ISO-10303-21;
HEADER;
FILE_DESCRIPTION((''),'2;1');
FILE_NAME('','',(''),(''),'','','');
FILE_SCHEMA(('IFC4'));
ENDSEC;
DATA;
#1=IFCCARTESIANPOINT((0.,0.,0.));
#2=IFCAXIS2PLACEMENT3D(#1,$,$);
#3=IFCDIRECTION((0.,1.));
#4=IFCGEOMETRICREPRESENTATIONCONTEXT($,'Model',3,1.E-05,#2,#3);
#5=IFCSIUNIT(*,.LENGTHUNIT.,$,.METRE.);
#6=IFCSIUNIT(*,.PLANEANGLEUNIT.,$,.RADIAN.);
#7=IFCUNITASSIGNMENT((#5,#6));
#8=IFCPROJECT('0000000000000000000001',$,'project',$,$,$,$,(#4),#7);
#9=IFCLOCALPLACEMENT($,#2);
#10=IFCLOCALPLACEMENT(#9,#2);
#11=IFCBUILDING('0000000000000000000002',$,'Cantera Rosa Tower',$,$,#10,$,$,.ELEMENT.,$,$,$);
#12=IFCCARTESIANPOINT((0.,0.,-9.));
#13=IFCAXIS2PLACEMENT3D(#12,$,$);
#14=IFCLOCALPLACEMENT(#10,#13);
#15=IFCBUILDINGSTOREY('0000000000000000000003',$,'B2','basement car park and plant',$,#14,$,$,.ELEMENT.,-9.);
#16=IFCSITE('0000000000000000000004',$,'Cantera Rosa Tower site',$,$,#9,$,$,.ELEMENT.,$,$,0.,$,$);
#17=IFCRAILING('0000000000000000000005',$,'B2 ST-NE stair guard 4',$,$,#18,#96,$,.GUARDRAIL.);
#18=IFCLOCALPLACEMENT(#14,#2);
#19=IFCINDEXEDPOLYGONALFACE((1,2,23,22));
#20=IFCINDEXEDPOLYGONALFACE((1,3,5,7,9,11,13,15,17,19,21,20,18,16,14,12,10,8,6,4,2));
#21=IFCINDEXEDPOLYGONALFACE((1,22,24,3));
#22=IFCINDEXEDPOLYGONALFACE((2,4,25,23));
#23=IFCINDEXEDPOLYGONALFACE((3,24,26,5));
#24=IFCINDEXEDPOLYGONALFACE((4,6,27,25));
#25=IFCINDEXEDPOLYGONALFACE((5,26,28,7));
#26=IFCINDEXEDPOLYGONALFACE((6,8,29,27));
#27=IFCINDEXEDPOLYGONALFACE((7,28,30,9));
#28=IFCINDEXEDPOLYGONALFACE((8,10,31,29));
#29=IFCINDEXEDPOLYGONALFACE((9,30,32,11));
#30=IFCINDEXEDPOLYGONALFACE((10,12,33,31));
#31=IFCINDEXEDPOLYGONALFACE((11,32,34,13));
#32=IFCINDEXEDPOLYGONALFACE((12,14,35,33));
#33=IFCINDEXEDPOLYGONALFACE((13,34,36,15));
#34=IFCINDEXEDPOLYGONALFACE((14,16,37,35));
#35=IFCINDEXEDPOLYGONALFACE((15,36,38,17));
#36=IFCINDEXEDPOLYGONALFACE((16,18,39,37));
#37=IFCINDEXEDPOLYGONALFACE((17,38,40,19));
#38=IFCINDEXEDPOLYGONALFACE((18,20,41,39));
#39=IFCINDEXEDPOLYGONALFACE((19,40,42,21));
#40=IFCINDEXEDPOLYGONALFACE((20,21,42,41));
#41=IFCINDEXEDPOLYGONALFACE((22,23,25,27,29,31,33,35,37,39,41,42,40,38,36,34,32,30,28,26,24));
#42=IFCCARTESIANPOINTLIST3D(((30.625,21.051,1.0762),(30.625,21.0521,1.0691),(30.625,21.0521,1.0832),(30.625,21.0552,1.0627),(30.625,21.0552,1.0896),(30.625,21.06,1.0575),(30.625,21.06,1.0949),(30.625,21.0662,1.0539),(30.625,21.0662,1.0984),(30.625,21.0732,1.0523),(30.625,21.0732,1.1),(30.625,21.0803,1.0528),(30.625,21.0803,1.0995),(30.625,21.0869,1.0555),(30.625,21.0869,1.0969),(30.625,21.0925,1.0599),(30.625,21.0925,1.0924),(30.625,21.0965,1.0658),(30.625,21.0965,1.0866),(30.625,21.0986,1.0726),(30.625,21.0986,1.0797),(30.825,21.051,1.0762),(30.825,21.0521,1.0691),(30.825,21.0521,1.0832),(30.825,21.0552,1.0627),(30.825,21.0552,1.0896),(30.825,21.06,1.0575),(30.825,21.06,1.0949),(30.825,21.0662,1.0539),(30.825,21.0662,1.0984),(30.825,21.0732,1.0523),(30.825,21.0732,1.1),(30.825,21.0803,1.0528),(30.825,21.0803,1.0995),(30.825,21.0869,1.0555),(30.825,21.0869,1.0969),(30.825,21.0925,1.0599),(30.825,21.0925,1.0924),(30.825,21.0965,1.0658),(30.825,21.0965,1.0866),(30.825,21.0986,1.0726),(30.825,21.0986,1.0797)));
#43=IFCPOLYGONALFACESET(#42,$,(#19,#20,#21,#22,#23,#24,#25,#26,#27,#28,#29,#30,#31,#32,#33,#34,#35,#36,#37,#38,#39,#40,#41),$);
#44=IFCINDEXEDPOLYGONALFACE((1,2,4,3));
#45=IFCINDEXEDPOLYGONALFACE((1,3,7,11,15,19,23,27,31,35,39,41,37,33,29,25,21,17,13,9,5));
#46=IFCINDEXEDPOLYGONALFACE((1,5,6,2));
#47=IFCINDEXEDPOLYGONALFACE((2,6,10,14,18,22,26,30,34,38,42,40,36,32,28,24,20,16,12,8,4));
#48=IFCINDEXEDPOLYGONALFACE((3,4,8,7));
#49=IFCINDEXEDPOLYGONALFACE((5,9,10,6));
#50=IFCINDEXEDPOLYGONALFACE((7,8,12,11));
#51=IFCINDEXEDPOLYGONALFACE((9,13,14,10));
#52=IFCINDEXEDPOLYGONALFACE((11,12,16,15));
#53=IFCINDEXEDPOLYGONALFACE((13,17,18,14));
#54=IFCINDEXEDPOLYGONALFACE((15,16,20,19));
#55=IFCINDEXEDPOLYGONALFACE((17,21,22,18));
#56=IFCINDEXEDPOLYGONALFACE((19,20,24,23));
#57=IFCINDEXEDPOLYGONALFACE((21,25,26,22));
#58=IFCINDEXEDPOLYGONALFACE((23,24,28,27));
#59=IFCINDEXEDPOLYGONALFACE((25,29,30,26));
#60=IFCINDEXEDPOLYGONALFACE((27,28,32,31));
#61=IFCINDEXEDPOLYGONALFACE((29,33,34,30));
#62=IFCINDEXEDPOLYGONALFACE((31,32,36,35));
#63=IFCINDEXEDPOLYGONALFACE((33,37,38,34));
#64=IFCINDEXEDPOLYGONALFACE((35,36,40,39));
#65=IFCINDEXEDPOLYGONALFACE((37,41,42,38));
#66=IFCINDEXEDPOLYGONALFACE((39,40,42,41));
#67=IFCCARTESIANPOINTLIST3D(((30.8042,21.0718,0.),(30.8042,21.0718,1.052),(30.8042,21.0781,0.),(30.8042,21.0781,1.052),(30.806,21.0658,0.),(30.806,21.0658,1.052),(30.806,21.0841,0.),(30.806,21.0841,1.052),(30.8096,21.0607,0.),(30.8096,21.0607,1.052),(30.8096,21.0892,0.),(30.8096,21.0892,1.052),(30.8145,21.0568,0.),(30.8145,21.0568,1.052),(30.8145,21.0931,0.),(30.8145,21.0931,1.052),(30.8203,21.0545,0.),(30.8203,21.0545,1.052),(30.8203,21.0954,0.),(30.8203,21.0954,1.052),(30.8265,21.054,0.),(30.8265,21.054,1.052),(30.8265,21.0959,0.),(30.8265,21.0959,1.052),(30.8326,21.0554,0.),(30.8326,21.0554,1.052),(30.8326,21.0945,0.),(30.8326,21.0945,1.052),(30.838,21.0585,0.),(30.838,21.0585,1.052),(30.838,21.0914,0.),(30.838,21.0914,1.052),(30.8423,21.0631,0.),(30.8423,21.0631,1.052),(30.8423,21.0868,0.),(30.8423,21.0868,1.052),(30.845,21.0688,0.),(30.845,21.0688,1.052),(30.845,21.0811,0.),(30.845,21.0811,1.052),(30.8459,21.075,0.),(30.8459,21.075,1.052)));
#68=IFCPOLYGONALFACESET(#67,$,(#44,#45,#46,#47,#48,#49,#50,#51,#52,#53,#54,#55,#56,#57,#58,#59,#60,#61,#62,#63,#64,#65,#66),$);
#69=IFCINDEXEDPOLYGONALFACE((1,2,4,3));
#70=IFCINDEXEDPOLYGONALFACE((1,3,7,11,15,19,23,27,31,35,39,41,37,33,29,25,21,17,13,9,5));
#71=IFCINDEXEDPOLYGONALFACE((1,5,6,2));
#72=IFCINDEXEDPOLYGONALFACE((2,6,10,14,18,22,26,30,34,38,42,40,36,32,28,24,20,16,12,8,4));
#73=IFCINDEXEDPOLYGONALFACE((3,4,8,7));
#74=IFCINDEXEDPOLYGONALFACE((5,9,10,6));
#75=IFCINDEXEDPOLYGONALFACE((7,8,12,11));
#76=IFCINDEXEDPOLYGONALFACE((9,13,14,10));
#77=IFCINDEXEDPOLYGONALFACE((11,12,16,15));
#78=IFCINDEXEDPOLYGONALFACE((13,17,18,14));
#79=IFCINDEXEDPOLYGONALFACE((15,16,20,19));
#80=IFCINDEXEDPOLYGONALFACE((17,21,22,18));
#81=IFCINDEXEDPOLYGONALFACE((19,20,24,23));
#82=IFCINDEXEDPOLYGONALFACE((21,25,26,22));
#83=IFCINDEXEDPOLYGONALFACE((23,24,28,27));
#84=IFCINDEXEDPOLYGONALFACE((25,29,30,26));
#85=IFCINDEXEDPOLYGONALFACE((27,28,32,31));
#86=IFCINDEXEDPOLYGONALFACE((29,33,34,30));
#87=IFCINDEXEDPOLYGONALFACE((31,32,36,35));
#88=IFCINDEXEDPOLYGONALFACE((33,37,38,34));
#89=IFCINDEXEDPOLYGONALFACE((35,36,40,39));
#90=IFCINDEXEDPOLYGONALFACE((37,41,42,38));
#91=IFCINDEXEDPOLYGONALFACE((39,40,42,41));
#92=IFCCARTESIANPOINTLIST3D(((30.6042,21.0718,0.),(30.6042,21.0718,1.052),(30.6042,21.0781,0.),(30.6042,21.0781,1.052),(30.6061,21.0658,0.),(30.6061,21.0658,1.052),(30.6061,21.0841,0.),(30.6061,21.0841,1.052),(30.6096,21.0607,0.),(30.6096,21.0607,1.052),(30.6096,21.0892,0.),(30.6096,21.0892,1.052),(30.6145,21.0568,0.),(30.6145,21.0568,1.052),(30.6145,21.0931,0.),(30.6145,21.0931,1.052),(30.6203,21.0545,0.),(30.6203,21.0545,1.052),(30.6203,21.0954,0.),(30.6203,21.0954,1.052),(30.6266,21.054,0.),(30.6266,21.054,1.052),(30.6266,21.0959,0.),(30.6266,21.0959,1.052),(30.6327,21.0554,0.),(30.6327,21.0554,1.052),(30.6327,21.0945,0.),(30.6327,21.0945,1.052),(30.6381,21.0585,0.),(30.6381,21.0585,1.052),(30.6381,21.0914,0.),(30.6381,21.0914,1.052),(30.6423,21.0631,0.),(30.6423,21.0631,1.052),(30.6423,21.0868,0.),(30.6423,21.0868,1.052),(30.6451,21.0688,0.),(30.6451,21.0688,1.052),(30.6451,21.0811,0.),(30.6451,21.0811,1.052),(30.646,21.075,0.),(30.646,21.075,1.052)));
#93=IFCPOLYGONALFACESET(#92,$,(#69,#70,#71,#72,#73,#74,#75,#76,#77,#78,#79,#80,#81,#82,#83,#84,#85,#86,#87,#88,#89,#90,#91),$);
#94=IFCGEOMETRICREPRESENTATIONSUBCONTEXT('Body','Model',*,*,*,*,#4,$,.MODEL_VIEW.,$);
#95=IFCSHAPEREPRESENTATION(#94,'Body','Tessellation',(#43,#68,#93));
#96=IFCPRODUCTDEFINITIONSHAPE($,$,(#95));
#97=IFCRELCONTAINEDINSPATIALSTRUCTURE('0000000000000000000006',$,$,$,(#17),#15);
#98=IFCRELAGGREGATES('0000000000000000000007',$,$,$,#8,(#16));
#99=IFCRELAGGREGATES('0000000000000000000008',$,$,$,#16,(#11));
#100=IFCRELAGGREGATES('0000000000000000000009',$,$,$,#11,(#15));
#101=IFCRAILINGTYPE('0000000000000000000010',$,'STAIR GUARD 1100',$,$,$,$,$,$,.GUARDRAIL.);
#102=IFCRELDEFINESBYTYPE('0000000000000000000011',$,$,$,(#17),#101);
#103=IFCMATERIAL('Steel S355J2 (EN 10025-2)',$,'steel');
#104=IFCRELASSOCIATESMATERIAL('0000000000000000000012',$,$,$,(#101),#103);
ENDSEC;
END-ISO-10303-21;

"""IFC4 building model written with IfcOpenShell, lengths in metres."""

from ifc_helpers import new_model, si_unit, direction, frame, origin, origin_2d, place, context, subcontext, project, spatial, circle, extrude, material, type_object, element, save


model = new_model("IFC4")

# Units and contexts
model_context = context("Model", 3, precision=1e-05, world=origin(), true_north=direction((0.0, 1.0)))
body_context = subcontext(model_context, "Body", "Model", "MODEL_VIEW")
ifc_project = project(units=[si_unit("LENGTHUNIT", "METRE"), si_unit("PLANEANGLEUNIT", "RADIAN")], contexts=[model_context])

# Site, building, storey
site_placement = place(None, origin())
site = spatial("IfcSite", under=ifc_project, at=site_placement, Name="Cantera Rosa Tower site", CompositionType="ELEMENT", RefElevation=0.0)
building_placement = place(site_placement, origin())
building = spatial("IfcBuilding", under=site, at=building_placement, Name="Cantera Rosa Tower", CompositionType="ELEMENT")
storey_placement = place(building_placement, frame((0.0, 0.0, -9.0)))
storey = spatial("IfcBuildingStorey", under=building, at=storey_placement, Name="B2", Description="basement car park and plant", CompositionType="ELEMENT", Elevation=-9.0)

# Railing
ifc_material_1 = material(Name="Steel S355J2 (EN 10025-2)", Category="steel")
railing_type_1 = type_object("IfcRailingType", Name="STAIR GUARD 1100", PredefinedType="GUARDRAIL", material=ifc_material_1)
railing_1_placement = place(storey_placement, frame((30.825, 21.075, 0.0)))
element("IfcRailing", 1, at=railing_1_placement, inside=storey, type_object=railing_type_1, Name="B2 ST-NE stair guard 4", PredefinedType="GUARDRAIL", context=body_context, shape_type="SweptSolid", body=[
    extrude(circle(Radius=0.0239, at=origin_2d()), frame((0.0, 0.0, 1.0762), z_axis=(-1.0, 0.0, 0.0), x_axis=(0.0, -1.0, 0.0)), (0.0, 0.0, 1.0), 0.2),
    extrude(circle(Radius=0.021, at=origin_2d()), origin(), (0.0, 0.0, 1.0), 1.052),
    extrude(circle(Radius=0.021, at=origin_2d()), frame((-0.2, 0.0, 0.0)), (0.0, 0.0, 1.0), 1.052),
])

save(model, "model.ifc")
